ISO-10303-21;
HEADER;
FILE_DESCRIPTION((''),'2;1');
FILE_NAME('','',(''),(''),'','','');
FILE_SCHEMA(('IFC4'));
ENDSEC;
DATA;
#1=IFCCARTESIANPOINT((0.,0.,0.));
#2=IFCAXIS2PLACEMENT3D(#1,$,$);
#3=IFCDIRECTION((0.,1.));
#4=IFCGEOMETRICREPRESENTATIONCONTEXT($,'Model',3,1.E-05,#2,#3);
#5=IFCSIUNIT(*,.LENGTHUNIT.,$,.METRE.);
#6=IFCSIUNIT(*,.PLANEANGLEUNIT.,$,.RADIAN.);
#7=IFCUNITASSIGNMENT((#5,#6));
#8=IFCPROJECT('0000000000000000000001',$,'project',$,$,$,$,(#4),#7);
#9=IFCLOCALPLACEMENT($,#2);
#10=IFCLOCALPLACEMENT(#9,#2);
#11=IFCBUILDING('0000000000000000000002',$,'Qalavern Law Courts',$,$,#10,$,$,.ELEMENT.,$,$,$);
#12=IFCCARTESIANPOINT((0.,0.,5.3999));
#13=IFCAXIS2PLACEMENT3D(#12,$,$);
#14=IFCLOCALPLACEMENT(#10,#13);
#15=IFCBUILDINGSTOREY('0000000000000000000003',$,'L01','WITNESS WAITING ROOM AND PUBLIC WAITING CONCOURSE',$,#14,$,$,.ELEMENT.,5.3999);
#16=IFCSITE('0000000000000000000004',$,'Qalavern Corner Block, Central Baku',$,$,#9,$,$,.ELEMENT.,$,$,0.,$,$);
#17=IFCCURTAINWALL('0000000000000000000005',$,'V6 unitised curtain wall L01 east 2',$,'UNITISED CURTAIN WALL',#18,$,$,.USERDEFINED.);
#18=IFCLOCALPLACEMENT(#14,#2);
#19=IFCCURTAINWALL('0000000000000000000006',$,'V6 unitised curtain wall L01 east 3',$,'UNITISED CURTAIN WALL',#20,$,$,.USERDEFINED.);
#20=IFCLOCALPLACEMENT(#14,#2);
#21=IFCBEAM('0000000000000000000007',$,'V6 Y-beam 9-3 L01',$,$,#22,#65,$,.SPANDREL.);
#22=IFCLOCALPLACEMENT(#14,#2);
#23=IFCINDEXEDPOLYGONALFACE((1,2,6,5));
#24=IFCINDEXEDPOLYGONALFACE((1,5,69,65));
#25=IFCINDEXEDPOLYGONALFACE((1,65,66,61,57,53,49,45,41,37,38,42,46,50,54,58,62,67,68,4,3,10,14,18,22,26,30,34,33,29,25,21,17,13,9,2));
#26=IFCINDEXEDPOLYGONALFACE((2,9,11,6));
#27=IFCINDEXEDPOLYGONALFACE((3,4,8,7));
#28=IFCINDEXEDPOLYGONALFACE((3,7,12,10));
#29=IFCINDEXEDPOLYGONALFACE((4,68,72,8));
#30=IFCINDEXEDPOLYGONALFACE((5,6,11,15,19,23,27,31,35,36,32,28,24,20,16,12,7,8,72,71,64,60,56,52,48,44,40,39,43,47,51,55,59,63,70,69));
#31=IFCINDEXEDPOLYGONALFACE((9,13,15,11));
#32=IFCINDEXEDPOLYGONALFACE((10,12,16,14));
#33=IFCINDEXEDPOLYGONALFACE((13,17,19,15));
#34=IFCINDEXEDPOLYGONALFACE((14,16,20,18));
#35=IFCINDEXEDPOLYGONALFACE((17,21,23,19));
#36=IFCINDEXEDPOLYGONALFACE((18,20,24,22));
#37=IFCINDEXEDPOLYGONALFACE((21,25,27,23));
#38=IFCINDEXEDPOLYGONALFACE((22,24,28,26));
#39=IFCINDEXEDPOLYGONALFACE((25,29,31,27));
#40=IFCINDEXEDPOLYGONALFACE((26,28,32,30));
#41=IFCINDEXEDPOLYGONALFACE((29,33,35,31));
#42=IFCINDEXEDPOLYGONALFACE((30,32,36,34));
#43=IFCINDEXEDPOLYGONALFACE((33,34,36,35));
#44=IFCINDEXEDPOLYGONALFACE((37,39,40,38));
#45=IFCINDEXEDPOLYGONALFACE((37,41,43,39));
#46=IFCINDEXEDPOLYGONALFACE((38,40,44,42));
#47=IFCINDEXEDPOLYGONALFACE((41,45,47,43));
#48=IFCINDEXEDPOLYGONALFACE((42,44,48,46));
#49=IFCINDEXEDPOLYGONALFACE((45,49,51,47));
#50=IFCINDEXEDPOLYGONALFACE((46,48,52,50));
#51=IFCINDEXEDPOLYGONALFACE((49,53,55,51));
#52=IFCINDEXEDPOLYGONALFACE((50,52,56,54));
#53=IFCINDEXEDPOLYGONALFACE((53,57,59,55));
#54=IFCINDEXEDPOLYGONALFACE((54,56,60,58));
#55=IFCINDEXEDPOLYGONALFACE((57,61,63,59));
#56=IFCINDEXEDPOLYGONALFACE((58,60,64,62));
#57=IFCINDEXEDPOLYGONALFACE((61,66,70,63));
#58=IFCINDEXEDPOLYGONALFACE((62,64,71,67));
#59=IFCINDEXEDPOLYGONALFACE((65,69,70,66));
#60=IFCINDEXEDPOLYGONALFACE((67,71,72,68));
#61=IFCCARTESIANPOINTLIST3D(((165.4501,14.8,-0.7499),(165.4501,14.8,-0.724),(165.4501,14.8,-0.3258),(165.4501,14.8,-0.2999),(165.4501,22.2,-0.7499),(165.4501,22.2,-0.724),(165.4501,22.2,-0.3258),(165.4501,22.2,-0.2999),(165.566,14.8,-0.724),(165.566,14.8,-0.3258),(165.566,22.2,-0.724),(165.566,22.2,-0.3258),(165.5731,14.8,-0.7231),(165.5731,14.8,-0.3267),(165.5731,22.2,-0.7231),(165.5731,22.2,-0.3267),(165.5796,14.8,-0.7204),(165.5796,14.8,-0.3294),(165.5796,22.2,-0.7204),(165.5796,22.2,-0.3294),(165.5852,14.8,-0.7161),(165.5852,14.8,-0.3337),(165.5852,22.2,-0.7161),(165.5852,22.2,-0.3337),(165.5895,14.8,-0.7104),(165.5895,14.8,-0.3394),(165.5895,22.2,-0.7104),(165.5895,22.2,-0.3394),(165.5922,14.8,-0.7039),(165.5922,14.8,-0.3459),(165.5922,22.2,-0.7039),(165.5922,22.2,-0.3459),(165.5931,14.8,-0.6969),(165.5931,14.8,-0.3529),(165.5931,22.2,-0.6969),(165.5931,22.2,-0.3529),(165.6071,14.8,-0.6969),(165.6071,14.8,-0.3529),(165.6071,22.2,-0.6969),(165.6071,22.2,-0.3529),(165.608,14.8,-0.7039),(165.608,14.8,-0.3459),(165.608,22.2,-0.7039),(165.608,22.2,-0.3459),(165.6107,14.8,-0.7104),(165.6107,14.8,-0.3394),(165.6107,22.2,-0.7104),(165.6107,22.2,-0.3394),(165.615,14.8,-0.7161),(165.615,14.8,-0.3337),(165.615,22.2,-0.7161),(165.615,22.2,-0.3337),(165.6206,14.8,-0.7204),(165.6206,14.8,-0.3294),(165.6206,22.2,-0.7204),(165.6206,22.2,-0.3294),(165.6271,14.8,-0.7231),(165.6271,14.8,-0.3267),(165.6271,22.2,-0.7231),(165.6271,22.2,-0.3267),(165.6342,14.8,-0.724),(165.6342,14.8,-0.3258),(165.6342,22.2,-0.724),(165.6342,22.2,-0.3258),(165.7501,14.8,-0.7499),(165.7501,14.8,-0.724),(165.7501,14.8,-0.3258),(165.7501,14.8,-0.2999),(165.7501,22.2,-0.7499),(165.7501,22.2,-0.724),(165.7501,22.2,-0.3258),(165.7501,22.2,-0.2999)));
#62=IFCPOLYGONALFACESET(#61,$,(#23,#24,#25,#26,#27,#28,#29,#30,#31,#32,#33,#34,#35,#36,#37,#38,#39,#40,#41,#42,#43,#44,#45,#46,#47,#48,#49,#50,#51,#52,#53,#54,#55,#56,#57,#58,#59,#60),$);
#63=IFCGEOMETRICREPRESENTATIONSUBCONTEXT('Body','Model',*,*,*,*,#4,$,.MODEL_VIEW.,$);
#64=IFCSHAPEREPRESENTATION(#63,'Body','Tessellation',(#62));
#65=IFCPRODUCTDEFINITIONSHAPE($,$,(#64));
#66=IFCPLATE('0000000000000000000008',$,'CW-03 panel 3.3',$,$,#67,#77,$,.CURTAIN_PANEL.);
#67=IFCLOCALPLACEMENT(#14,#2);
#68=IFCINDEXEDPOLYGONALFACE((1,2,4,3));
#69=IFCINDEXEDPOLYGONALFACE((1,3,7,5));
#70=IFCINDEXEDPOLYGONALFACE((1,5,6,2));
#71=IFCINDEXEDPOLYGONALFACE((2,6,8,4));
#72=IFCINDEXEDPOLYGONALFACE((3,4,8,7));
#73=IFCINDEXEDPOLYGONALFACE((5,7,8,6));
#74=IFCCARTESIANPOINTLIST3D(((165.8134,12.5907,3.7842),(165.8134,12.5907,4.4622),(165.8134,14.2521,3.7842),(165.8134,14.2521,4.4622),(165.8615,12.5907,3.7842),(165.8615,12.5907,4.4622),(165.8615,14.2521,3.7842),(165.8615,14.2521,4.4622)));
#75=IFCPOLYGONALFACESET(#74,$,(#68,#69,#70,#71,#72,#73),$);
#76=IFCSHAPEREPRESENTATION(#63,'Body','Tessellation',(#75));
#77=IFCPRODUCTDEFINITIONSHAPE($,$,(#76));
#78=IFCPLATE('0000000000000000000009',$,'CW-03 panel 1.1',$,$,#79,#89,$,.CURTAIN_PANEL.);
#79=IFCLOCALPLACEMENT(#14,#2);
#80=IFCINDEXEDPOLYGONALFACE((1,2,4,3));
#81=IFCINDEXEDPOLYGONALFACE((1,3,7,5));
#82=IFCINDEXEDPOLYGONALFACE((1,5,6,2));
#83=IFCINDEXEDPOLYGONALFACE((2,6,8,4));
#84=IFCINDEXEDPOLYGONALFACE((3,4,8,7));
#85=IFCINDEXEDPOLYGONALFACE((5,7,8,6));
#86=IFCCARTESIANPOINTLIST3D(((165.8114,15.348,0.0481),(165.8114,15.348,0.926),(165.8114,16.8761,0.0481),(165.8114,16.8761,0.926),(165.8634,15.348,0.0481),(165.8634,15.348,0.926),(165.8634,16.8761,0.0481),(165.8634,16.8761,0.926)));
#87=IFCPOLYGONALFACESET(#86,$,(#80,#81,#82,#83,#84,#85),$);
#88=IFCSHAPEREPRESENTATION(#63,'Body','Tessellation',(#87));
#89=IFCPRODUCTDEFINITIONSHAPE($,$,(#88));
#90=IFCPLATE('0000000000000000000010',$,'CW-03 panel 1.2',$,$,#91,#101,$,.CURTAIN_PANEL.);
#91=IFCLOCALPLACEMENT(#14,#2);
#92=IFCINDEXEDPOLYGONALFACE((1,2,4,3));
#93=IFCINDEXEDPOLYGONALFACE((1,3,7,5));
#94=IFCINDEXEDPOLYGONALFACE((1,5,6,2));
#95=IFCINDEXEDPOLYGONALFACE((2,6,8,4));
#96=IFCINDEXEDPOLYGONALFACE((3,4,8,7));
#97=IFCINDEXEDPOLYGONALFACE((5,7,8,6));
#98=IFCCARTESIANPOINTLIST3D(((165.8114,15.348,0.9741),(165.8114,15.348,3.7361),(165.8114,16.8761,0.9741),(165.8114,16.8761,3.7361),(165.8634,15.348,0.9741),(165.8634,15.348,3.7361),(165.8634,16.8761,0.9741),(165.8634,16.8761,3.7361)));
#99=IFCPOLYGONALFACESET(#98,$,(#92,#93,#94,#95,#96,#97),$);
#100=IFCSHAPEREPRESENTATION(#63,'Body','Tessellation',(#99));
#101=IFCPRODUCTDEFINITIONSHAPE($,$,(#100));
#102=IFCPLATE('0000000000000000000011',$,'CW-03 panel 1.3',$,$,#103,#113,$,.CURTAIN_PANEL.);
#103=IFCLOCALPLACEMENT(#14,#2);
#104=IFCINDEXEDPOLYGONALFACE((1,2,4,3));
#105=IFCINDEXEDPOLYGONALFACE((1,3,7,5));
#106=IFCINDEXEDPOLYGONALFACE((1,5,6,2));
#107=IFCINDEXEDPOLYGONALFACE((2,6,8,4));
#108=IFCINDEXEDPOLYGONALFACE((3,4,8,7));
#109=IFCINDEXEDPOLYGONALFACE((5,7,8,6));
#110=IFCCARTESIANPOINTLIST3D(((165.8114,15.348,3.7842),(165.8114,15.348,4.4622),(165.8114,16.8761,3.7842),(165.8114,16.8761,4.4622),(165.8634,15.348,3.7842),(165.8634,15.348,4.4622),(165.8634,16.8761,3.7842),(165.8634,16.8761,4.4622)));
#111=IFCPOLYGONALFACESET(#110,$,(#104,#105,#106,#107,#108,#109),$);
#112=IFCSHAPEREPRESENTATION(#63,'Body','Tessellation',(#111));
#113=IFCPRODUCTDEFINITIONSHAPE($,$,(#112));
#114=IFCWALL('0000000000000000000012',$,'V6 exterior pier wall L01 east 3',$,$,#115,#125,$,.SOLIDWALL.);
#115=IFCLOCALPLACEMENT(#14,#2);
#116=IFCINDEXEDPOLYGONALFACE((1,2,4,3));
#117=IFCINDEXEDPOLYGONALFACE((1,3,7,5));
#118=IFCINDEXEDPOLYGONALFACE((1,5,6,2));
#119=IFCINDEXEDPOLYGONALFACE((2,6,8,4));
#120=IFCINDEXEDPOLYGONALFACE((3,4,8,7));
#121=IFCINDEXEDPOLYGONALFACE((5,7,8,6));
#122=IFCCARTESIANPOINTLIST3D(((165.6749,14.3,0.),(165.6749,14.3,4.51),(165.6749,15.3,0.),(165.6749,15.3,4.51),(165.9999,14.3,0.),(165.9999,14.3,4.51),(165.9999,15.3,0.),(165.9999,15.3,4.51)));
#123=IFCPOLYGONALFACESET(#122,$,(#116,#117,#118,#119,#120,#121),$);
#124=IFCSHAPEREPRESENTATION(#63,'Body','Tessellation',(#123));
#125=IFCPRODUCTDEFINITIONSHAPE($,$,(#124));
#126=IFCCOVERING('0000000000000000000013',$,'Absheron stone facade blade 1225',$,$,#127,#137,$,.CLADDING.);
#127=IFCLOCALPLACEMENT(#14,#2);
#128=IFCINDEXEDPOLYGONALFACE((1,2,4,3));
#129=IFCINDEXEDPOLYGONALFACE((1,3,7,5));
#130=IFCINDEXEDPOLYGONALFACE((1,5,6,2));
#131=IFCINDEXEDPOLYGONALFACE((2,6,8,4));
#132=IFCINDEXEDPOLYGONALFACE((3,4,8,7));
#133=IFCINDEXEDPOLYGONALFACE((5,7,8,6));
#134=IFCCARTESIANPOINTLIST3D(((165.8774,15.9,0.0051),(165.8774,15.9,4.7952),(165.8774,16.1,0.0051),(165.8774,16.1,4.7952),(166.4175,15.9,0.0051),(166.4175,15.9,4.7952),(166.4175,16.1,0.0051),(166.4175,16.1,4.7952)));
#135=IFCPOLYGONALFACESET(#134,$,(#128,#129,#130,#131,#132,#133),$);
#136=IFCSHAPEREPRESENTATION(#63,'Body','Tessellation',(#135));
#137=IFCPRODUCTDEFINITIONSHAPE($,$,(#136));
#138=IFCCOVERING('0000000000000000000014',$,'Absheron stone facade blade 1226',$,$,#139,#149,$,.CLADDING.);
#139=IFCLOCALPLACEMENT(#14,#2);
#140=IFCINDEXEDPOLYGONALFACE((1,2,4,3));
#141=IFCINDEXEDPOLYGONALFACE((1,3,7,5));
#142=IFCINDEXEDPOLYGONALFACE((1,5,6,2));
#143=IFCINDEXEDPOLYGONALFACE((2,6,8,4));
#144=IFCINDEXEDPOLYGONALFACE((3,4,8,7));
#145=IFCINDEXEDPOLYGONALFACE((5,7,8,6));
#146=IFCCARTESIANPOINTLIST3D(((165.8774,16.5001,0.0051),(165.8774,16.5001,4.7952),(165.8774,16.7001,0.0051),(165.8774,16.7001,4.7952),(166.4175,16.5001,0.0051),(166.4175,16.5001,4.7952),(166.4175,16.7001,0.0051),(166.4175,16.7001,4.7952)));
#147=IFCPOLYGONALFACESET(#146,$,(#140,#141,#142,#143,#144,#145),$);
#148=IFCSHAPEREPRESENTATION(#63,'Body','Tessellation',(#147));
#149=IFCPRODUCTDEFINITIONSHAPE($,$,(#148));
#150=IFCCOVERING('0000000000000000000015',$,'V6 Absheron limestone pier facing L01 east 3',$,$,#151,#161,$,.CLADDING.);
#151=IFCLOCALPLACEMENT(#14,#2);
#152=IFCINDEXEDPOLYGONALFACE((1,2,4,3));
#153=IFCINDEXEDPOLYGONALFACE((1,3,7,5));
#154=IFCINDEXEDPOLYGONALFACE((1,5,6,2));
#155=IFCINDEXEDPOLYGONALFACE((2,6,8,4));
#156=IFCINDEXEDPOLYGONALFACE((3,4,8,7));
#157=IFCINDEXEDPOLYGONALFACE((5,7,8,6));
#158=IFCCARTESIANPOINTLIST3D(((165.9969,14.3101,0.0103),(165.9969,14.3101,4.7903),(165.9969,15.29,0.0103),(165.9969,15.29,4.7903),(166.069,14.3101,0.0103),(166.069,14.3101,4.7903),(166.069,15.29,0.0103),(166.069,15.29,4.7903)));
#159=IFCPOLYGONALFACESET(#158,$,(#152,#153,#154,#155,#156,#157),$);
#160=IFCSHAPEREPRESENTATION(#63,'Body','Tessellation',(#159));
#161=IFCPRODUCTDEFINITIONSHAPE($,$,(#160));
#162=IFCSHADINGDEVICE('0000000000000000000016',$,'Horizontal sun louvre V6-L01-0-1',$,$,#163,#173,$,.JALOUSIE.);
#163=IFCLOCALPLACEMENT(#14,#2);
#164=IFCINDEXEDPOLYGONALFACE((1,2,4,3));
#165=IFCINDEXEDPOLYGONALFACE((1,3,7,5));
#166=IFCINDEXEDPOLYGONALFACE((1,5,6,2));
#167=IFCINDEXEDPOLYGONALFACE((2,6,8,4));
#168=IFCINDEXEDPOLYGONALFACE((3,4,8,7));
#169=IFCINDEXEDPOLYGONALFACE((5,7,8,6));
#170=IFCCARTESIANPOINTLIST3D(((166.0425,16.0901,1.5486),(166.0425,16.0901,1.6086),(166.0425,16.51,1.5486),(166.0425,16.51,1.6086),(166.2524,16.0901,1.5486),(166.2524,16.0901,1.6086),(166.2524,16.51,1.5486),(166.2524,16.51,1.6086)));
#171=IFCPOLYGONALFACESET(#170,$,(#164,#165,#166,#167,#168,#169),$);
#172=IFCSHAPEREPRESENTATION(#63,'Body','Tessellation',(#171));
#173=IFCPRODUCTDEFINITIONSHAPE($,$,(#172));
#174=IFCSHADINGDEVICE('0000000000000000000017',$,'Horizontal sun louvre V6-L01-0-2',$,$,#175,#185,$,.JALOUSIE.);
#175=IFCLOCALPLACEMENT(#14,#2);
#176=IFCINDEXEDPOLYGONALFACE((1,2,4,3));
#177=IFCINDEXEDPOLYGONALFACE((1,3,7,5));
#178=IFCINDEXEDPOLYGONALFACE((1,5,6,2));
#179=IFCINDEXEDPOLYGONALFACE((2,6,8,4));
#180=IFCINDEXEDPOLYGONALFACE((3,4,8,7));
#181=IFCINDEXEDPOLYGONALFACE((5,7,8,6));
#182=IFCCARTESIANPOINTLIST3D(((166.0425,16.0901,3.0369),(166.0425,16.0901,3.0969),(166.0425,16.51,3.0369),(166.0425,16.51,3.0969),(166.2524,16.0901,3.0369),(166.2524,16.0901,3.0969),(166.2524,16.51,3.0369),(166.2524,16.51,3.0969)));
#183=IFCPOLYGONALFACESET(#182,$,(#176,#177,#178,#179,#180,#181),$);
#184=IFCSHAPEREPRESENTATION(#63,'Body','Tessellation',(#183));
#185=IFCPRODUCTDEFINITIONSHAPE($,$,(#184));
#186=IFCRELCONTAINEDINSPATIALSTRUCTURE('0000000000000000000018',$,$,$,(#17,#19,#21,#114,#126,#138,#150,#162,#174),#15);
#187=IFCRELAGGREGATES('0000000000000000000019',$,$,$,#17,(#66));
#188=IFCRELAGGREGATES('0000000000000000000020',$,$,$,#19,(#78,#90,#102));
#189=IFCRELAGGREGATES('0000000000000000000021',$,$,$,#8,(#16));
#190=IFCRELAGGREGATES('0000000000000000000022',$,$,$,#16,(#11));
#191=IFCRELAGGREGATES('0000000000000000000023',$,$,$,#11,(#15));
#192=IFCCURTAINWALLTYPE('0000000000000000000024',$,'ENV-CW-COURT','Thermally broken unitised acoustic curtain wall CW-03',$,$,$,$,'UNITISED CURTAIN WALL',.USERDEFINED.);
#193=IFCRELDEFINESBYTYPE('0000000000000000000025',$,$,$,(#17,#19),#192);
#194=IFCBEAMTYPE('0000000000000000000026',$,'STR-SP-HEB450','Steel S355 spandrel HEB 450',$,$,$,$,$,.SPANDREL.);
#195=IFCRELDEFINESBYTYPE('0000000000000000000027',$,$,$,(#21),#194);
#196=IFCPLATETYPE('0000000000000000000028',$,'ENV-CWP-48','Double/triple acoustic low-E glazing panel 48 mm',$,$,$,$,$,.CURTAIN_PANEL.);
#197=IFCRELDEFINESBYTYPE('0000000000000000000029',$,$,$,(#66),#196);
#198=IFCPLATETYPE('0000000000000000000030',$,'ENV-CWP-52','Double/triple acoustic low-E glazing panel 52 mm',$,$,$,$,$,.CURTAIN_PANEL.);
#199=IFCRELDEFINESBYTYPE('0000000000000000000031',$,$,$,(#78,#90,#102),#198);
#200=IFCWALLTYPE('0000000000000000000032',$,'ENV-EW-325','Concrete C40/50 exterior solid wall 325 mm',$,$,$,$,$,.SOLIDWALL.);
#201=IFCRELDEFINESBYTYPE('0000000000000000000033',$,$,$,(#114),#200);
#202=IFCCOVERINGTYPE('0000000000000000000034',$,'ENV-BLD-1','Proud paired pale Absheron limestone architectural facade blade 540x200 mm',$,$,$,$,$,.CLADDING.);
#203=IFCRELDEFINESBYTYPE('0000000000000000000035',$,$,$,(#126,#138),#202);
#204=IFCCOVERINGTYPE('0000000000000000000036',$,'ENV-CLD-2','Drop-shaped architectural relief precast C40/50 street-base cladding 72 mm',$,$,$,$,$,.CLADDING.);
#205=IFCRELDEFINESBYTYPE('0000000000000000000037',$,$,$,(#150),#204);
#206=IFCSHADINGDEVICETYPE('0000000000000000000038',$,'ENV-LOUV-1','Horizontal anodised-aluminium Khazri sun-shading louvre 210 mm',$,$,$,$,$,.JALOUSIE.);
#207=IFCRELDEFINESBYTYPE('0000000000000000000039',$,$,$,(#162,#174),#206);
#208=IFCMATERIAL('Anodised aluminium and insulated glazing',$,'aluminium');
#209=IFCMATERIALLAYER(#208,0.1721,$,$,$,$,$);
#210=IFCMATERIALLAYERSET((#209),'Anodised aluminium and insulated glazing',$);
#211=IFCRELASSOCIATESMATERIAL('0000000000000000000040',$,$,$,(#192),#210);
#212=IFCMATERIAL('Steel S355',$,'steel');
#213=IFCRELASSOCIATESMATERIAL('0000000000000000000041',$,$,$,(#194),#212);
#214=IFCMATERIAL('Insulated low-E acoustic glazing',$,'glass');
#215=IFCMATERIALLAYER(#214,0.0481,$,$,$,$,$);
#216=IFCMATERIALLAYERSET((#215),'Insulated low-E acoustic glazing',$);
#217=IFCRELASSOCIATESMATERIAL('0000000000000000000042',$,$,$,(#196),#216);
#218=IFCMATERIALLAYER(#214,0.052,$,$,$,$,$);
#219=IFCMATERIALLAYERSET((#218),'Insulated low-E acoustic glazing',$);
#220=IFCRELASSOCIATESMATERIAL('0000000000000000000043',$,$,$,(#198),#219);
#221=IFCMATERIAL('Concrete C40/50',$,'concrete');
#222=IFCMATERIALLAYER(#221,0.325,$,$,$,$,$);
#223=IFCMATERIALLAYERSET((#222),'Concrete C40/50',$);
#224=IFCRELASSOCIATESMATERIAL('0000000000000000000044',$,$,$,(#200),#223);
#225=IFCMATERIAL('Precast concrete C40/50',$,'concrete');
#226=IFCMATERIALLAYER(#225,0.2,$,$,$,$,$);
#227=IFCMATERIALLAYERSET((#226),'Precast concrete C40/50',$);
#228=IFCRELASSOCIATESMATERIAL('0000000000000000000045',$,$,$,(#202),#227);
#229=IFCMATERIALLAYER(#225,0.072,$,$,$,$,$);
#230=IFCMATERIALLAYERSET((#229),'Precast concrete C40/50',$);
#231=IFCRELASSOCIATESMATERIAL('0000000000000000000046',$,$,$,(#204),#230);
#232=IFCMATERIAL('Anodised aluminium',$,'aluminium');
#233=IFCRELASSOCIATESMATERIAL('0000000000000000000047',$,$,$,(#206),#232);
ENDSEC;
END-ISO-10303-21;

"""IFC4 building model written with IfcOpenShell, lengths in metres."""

from ifc_helpers import new_model, si_unit, direction, frame, frame_2d, origin, origin_2d, place, context, subcontext, project, spatial, rectangle, i_section, extrude, material, layer, layer_set, material_profile, profile_set, type_object, element, aggregate, save


model = new_model("IFC4")

# Units and contexts
model_context = context("Model", 3, precision=1e-05, world=origin(), true_north=direction((0.0, 1.0)))
body_context = subcontext(model_context, "Body", "Model", "MODEL_VIEW")
ifc_project = project(units=[si_unit("LENGTHUNIT", "METRE"), si_unit("PLANEANGLEUNIT", "RADIAN")], contexts=[model_context])

# Site, building, storey
site_placement = place(None, origin())
site = spatial("IfcSite", under=ifc_project, at=site_placement, Name="Qalavern Corner Block, Central Baku", CompositionType="ELEMENT", RefElevation=0.0)
building_placement = place(site_placement, origin())
building = spatial("IfcBuilding", under=site, at=building_placement, Name="Qalavern Law Courts", CompositionType="ELEMENT")
storey_placement = place(building_placement, frame((0.0, 0.0, 5.3999)))
storey = spatial("IfcBuildingStorey", under=building, at=storey_placement, Name="L01", Description="WITNESS WAITING ROOM AND PUBLIC WAITING CONCOURSE", CompositionType="ELEMENT", Elevation=5.3999)

# Curtain wall
ifc_material_1 = material(Name="Anodised aluminium and insulated glazing", Category="aluminium")
ifc_layer_1 = layer(ifc_material_1, 0.1721)
ifc_layer_set_1 = layer_set([ifc_layer_1], Name="Anodised aluminium and insulated glazing")
curtain_wall_type = type_object("IfcCurtainWallType", Name="ENV-CW-COURT", Description="Thermally broken unitised acoustic curtain wall CW-03", ElementType="UNITISED CURTAIN WALL", PredefinedType="USERDEFINED", material=ifc_layer_set_1)
curtain_wall_1_placement = place(storey_placement, origin())
curtain_wall_1 = element("IfcCurtainWall", 1, at=curtain_wall_1_placement, inside=storey, type_object=curtain_wall_type, Name="V6 unitised curtain wall L01 east 2", ObjectType="UNITISED CURTAIN WALL", PredefinedType="USERDEFINED")
ifc_material_2 = material(Name="Anodised aluminium", Category="aluminium")

# Curtain wall
curtain_wall_2_placement = place(storey_placement, origin())
curtain_wall_2 = element("IfcCurtainWall", 2, at=curtain_wall_2_placement, inside=storey, type_object=curtain_wall_type, Name="V6 unitised curtain wall L01 east 3", ObjectType="UNITISED CURTAIN WALL", PredefinedType="USERDEFINED")

# Beam
ifc_material_3 = material(Name="Steel S355", Category="steel")
ifc_material_profile_1 = material_profile(ifc_material_3, i_section(OverallWidth=0.3, OverallDepth=0.45, WebThickness=0.0139, FlangeThickness=0.0259, FilletRadius=0.0271, at=origin_2d()), Name="HEB 450")
ifc_profile_set_1 = profile_set([ifc_material_profile_1], Name="Steel S355")
beam_type = type_object("IfcBeamType", Name="STR-SP-HEB450", Description="Steel S355 spandrel HEB 450", PredefinedType="SPANDREL", material=ifc_profile_set_1)
beam_placement = place(storey_placement, frame((165.6001, 14.8, -0.5249), z_axis=(0.0, 1.0, 0.0), x_axis=(-1.0, 0.0, 0.0)))
element("IfcBeam", 3, at=beam_placement, inside=storey, type_object=beam_type, Name="V6 Y-beam 9-3 L01", PredefinedType="SPANDREL", context=body_context, shape_type="SweptSolid", body=[
    extrude(i_section(OverallWidth=0.3, OverallDepth=0.45, WebThickness=0.0139, FlangeThickness=0.0259, FilletRadius=0.0271, at=origin_2d()), origin(), (0.0, 0.0, 1.0), 7.3999),
])

# Plates
ifc_material_4 = material(Name="Insulated low-E acoustic glazing", Category="glass")
ifc_layer_2 = layer(ifc_material_4, 0.0481)
ifc_layer_set_2 = layer_set([ifc_layer_2], Name="Insulated low-E acoustic glazing")
plate_type_1 = type_object("IfcPlateType", Name="ENV-CWP-48", Description="Double/triple acoustic low-E glazing panel 48 mm", PredefinedType="CURTAIN_PANEL", material=ifc_layer_set_2)
plate_1_placement = place(storey_placement, frame((165.8374, 13.4214, 3.7842), z_axis=(0.0, 0.0, 1.0), x_axis=(0.0, 1.0, 0.0)))
plate_1 = element("IfcPlate", 4, at=plate_1_placement, type_object=plate_type_1, Name="CW-03 panel 3.3", PredefinedType="CURTAIN_PANEL", context=body_context, shape_type="SweptSolid", body=[
    extrude(rectangle(XDim=1.6614, YDim=0.0481, at=origin_2d()), origin(), (0.0, 0.0, 1.0), 0.678),
])
aggregate(curtain_wall_1, [plate_1])
ifc_layer_3 = layer(ifc_material_4, 0.052)
ifc_layer_set_3 = layer_set([ifc_layer_3], Name="Insulated low-E acoustic glazing")
plate_type_2 = type_object("IfcPlateType", Name="ENV-CWP-52", Description="Double/triple acoustic low-E glazing panel 52 mm", PredefinedType="CURTAIN_PANEL", material=ifc_layer_set_3)
plate_2_placement = place(storey_placement, frame((165.8374, 16.1121, 0.0481), z_axis=(0.0, 0.0, 1.0), x_axis=(0.0, 1.0, 0.0)))
plate_2 = element("IfcPlate", 5, at=plate_2_placement, type_object=plate_type_2, Name="CW-03 panel 1.1", PredefinedType="CURTAIN_PANEL", context=body_context, shape_type="SweptSolid", body=[
    extrude(rectangle(XDim=1.5281, YDim=0.052, at=origin_2d()), origin(), (0.0, 0.0, 1.0), 0.8779),
])
plate_3_placement = place(storey_placement, frame((165.8374, 16.1121, 0.9741), z_axis=(0.0, 0.0, 1.0), x_axis=(0.0, 1.0, 0.0)))
plate_3 = element("IfcPlate", 6, at=plate_3_placement, type_object=plate_type_2, Name="CW-03 panel 1.2", PredefinedType="CURTAIN_PANEL", context=body_context, shape_type="SweptSolid", body=[
    extrude(rectangle(XDim=1.5281, YDim=0.052, at=origin_2d()), origin(), (0.0, 0.0, 1.0), 2.762),
])
plate_4_placement = place(storey_placement, frame((165.8374, 16.1121, 3.7842), z_axis=(0.0, 0.0, 1.0), x_axis=(0.0, 1.0, 0.0)))
plate_4 = element("IfcPlate", 7, at=plate_4_placement, type_object=plate_type_2, Name="CW-03 panel 1.3", PredefinedType="CURTAIN_PANEL", context=body_context, shape_type="SweptSolid", body=[
    extrude(rectangle(XDim=1.5281, YDim=0.052, at=origin_2d()), origin(), (0.0, 0.0, 1.0), 0.678),
])
aggregate(curtain_wall_2, [plate_2, plate_3, plate_4])

# Wall
ifc_material_5 = material(Name="Concrete C40/50", Category="concrete")
ifc_layer_4 = layer(ifc_material_5, 0.325)
ifc_layer_set_4 = layer_set([ifc_layer_4], Name="Concrete C40/50")
wall_type = type_object("IfcWallType", Name="ENV-EW-325", Description="Concrete C40/50 exterior solid wall 325 mm", PredefinedType="SOLIDWALL", material=ifc_layer_set_4)
wall_placement = place(storey_placement, frame((165.8374, 14.3, 0.0), z_axis=(0.0, 0.0, 1.0), x_axis=(0.0, 1.0, 0.0)))
element("IfcWall", 8, at=wall_placement, inside=storey, type_object=wall_type, Name="V6 exterior pier wall L01 east 3", PredefinedType="SOLIDWALL", context=body_context, shape_type="SweptSolid", body=[
    extrude(rectangle(XDim=1.0, YDim=0.325, at=frame_2d((0.5, 0.0))), origin(), (0.0, 0.0, 1.0), 4.51),
])

# Coverings
ifc_material_6 = material(Name="Precast concrete C40/50", Category="concrete")
ifc_layer_5 = layer(ifc_material_6, 0.2)
ifc_layer_set_5 = layer_set([ifc_layer_5], Name="Precast concrete C40/50")
covering_type_1 = type_object("IfcCoveringType", Name="ENV-BLD-1", Description="Proud paired pale Absheron limestone architectural facade blade 540x200 mm", PredefinedType="CLADDING", material=ifc_layer_set_5)
for number, where, z_axis, x_axis, name in (
    (9, (166.1475, 16.0, 0.0051), (0.0, 0.0, 1.0), (1.0, 0.0, 0.0), "Absheron stone facade blade 1225"),
    (10, (166.1475, 16.6001, 0.0051), (0.0, 0.0, 1.0), (1.0, 0.0, 0.0), "Absheron stone facade blade 1226"),
):
    element("IfcCovering", number, at=place(storey_placement, frame(where, z_axis=z_axis, x_axis=x_axis)), inside=storey, type_object=covering_type_1, Name=name, PredefinedType="CLADDING", context=body_context, shape_type="SweptSolid", body=[
        extrude(rectangle(XDim=0.54, YDim=0.2, at=origin_2d()), origin(), (0.0, 0.0, 1.0), 4.79),
    ])
ifc_layer_6 = layer(ifc_material_6, 0.072)
ifc_layer_set_6 = layer_set([ifc_layer_6], Name="Precast concrete C40/50")
covering_type_2 = type_object("IfcCoveringType", Name="ENV-CLD-2", Description="Drop-shaped architectural relief precast C40/50 street-base cladding 72 mm", PredefinedType="CLADDING", material=ifc_layer_set_6)
covering_placement = place(storey_placement, frame((166.033, 14.8, 0.0103), z_axis=(0.0, 0.0, 1.0), x_axis=(0.0, 1.0, 0.0)))
element("IfcCovering", 11, at=covering_placement, inside=storey, type_object=covering_type_2, Name="V6 Absheron limestone pier facing L01 east 3", PredefinedType="CLADDING", context=body_context, shape_type="SweptSolid", body=[
    extrude(rectangle(XDim=0.98, YDim=0.072, at=origin_2d()), origin(), (0.0, 0.0, 1.0), 4.78),
])

# Shading devices
shading_device_type = type_object("IfcShadingDeviceType", Name="ENV-LOUV-1", Description="Horizontal anodised-aluminium Khazri sun-shading louvre 210 mm", PredefinedType="JALOUSIE", material=ifc_material_2)
for number, where, z_axis, x_axis, name in (
    (12, (166.1475, 16.3, 1.5486), (0.0, 0.0, 1.0), (0.0, 1.0, 0.0), "Horizontal sun louvre V6-L01-0-1"),
    (13, (166.1475, 16.3, 3.0369), (0.0, 0.0, 1.0), (0.0, 1.0, 0.0), "Horizontal sun louvre V6-L01-0-2"),
):
    element("IfcShadingDevice", number, at=place(storey_placement, frame(where, z_axis=z_axis, x_axis=x_axis)), inside=storey, type_object=shading_device_type, Name=name, PredefinedType="JALOUSIE", context=body_context, shape_type="SweptSolid", body=[
        extrude(rectangle(XDim=0.4199, YDim=0.21, at=origin_2d()), origin(), (0.0, 0.0, 1.0), 0.0601),
    ])

save(model, "model.ifc")
